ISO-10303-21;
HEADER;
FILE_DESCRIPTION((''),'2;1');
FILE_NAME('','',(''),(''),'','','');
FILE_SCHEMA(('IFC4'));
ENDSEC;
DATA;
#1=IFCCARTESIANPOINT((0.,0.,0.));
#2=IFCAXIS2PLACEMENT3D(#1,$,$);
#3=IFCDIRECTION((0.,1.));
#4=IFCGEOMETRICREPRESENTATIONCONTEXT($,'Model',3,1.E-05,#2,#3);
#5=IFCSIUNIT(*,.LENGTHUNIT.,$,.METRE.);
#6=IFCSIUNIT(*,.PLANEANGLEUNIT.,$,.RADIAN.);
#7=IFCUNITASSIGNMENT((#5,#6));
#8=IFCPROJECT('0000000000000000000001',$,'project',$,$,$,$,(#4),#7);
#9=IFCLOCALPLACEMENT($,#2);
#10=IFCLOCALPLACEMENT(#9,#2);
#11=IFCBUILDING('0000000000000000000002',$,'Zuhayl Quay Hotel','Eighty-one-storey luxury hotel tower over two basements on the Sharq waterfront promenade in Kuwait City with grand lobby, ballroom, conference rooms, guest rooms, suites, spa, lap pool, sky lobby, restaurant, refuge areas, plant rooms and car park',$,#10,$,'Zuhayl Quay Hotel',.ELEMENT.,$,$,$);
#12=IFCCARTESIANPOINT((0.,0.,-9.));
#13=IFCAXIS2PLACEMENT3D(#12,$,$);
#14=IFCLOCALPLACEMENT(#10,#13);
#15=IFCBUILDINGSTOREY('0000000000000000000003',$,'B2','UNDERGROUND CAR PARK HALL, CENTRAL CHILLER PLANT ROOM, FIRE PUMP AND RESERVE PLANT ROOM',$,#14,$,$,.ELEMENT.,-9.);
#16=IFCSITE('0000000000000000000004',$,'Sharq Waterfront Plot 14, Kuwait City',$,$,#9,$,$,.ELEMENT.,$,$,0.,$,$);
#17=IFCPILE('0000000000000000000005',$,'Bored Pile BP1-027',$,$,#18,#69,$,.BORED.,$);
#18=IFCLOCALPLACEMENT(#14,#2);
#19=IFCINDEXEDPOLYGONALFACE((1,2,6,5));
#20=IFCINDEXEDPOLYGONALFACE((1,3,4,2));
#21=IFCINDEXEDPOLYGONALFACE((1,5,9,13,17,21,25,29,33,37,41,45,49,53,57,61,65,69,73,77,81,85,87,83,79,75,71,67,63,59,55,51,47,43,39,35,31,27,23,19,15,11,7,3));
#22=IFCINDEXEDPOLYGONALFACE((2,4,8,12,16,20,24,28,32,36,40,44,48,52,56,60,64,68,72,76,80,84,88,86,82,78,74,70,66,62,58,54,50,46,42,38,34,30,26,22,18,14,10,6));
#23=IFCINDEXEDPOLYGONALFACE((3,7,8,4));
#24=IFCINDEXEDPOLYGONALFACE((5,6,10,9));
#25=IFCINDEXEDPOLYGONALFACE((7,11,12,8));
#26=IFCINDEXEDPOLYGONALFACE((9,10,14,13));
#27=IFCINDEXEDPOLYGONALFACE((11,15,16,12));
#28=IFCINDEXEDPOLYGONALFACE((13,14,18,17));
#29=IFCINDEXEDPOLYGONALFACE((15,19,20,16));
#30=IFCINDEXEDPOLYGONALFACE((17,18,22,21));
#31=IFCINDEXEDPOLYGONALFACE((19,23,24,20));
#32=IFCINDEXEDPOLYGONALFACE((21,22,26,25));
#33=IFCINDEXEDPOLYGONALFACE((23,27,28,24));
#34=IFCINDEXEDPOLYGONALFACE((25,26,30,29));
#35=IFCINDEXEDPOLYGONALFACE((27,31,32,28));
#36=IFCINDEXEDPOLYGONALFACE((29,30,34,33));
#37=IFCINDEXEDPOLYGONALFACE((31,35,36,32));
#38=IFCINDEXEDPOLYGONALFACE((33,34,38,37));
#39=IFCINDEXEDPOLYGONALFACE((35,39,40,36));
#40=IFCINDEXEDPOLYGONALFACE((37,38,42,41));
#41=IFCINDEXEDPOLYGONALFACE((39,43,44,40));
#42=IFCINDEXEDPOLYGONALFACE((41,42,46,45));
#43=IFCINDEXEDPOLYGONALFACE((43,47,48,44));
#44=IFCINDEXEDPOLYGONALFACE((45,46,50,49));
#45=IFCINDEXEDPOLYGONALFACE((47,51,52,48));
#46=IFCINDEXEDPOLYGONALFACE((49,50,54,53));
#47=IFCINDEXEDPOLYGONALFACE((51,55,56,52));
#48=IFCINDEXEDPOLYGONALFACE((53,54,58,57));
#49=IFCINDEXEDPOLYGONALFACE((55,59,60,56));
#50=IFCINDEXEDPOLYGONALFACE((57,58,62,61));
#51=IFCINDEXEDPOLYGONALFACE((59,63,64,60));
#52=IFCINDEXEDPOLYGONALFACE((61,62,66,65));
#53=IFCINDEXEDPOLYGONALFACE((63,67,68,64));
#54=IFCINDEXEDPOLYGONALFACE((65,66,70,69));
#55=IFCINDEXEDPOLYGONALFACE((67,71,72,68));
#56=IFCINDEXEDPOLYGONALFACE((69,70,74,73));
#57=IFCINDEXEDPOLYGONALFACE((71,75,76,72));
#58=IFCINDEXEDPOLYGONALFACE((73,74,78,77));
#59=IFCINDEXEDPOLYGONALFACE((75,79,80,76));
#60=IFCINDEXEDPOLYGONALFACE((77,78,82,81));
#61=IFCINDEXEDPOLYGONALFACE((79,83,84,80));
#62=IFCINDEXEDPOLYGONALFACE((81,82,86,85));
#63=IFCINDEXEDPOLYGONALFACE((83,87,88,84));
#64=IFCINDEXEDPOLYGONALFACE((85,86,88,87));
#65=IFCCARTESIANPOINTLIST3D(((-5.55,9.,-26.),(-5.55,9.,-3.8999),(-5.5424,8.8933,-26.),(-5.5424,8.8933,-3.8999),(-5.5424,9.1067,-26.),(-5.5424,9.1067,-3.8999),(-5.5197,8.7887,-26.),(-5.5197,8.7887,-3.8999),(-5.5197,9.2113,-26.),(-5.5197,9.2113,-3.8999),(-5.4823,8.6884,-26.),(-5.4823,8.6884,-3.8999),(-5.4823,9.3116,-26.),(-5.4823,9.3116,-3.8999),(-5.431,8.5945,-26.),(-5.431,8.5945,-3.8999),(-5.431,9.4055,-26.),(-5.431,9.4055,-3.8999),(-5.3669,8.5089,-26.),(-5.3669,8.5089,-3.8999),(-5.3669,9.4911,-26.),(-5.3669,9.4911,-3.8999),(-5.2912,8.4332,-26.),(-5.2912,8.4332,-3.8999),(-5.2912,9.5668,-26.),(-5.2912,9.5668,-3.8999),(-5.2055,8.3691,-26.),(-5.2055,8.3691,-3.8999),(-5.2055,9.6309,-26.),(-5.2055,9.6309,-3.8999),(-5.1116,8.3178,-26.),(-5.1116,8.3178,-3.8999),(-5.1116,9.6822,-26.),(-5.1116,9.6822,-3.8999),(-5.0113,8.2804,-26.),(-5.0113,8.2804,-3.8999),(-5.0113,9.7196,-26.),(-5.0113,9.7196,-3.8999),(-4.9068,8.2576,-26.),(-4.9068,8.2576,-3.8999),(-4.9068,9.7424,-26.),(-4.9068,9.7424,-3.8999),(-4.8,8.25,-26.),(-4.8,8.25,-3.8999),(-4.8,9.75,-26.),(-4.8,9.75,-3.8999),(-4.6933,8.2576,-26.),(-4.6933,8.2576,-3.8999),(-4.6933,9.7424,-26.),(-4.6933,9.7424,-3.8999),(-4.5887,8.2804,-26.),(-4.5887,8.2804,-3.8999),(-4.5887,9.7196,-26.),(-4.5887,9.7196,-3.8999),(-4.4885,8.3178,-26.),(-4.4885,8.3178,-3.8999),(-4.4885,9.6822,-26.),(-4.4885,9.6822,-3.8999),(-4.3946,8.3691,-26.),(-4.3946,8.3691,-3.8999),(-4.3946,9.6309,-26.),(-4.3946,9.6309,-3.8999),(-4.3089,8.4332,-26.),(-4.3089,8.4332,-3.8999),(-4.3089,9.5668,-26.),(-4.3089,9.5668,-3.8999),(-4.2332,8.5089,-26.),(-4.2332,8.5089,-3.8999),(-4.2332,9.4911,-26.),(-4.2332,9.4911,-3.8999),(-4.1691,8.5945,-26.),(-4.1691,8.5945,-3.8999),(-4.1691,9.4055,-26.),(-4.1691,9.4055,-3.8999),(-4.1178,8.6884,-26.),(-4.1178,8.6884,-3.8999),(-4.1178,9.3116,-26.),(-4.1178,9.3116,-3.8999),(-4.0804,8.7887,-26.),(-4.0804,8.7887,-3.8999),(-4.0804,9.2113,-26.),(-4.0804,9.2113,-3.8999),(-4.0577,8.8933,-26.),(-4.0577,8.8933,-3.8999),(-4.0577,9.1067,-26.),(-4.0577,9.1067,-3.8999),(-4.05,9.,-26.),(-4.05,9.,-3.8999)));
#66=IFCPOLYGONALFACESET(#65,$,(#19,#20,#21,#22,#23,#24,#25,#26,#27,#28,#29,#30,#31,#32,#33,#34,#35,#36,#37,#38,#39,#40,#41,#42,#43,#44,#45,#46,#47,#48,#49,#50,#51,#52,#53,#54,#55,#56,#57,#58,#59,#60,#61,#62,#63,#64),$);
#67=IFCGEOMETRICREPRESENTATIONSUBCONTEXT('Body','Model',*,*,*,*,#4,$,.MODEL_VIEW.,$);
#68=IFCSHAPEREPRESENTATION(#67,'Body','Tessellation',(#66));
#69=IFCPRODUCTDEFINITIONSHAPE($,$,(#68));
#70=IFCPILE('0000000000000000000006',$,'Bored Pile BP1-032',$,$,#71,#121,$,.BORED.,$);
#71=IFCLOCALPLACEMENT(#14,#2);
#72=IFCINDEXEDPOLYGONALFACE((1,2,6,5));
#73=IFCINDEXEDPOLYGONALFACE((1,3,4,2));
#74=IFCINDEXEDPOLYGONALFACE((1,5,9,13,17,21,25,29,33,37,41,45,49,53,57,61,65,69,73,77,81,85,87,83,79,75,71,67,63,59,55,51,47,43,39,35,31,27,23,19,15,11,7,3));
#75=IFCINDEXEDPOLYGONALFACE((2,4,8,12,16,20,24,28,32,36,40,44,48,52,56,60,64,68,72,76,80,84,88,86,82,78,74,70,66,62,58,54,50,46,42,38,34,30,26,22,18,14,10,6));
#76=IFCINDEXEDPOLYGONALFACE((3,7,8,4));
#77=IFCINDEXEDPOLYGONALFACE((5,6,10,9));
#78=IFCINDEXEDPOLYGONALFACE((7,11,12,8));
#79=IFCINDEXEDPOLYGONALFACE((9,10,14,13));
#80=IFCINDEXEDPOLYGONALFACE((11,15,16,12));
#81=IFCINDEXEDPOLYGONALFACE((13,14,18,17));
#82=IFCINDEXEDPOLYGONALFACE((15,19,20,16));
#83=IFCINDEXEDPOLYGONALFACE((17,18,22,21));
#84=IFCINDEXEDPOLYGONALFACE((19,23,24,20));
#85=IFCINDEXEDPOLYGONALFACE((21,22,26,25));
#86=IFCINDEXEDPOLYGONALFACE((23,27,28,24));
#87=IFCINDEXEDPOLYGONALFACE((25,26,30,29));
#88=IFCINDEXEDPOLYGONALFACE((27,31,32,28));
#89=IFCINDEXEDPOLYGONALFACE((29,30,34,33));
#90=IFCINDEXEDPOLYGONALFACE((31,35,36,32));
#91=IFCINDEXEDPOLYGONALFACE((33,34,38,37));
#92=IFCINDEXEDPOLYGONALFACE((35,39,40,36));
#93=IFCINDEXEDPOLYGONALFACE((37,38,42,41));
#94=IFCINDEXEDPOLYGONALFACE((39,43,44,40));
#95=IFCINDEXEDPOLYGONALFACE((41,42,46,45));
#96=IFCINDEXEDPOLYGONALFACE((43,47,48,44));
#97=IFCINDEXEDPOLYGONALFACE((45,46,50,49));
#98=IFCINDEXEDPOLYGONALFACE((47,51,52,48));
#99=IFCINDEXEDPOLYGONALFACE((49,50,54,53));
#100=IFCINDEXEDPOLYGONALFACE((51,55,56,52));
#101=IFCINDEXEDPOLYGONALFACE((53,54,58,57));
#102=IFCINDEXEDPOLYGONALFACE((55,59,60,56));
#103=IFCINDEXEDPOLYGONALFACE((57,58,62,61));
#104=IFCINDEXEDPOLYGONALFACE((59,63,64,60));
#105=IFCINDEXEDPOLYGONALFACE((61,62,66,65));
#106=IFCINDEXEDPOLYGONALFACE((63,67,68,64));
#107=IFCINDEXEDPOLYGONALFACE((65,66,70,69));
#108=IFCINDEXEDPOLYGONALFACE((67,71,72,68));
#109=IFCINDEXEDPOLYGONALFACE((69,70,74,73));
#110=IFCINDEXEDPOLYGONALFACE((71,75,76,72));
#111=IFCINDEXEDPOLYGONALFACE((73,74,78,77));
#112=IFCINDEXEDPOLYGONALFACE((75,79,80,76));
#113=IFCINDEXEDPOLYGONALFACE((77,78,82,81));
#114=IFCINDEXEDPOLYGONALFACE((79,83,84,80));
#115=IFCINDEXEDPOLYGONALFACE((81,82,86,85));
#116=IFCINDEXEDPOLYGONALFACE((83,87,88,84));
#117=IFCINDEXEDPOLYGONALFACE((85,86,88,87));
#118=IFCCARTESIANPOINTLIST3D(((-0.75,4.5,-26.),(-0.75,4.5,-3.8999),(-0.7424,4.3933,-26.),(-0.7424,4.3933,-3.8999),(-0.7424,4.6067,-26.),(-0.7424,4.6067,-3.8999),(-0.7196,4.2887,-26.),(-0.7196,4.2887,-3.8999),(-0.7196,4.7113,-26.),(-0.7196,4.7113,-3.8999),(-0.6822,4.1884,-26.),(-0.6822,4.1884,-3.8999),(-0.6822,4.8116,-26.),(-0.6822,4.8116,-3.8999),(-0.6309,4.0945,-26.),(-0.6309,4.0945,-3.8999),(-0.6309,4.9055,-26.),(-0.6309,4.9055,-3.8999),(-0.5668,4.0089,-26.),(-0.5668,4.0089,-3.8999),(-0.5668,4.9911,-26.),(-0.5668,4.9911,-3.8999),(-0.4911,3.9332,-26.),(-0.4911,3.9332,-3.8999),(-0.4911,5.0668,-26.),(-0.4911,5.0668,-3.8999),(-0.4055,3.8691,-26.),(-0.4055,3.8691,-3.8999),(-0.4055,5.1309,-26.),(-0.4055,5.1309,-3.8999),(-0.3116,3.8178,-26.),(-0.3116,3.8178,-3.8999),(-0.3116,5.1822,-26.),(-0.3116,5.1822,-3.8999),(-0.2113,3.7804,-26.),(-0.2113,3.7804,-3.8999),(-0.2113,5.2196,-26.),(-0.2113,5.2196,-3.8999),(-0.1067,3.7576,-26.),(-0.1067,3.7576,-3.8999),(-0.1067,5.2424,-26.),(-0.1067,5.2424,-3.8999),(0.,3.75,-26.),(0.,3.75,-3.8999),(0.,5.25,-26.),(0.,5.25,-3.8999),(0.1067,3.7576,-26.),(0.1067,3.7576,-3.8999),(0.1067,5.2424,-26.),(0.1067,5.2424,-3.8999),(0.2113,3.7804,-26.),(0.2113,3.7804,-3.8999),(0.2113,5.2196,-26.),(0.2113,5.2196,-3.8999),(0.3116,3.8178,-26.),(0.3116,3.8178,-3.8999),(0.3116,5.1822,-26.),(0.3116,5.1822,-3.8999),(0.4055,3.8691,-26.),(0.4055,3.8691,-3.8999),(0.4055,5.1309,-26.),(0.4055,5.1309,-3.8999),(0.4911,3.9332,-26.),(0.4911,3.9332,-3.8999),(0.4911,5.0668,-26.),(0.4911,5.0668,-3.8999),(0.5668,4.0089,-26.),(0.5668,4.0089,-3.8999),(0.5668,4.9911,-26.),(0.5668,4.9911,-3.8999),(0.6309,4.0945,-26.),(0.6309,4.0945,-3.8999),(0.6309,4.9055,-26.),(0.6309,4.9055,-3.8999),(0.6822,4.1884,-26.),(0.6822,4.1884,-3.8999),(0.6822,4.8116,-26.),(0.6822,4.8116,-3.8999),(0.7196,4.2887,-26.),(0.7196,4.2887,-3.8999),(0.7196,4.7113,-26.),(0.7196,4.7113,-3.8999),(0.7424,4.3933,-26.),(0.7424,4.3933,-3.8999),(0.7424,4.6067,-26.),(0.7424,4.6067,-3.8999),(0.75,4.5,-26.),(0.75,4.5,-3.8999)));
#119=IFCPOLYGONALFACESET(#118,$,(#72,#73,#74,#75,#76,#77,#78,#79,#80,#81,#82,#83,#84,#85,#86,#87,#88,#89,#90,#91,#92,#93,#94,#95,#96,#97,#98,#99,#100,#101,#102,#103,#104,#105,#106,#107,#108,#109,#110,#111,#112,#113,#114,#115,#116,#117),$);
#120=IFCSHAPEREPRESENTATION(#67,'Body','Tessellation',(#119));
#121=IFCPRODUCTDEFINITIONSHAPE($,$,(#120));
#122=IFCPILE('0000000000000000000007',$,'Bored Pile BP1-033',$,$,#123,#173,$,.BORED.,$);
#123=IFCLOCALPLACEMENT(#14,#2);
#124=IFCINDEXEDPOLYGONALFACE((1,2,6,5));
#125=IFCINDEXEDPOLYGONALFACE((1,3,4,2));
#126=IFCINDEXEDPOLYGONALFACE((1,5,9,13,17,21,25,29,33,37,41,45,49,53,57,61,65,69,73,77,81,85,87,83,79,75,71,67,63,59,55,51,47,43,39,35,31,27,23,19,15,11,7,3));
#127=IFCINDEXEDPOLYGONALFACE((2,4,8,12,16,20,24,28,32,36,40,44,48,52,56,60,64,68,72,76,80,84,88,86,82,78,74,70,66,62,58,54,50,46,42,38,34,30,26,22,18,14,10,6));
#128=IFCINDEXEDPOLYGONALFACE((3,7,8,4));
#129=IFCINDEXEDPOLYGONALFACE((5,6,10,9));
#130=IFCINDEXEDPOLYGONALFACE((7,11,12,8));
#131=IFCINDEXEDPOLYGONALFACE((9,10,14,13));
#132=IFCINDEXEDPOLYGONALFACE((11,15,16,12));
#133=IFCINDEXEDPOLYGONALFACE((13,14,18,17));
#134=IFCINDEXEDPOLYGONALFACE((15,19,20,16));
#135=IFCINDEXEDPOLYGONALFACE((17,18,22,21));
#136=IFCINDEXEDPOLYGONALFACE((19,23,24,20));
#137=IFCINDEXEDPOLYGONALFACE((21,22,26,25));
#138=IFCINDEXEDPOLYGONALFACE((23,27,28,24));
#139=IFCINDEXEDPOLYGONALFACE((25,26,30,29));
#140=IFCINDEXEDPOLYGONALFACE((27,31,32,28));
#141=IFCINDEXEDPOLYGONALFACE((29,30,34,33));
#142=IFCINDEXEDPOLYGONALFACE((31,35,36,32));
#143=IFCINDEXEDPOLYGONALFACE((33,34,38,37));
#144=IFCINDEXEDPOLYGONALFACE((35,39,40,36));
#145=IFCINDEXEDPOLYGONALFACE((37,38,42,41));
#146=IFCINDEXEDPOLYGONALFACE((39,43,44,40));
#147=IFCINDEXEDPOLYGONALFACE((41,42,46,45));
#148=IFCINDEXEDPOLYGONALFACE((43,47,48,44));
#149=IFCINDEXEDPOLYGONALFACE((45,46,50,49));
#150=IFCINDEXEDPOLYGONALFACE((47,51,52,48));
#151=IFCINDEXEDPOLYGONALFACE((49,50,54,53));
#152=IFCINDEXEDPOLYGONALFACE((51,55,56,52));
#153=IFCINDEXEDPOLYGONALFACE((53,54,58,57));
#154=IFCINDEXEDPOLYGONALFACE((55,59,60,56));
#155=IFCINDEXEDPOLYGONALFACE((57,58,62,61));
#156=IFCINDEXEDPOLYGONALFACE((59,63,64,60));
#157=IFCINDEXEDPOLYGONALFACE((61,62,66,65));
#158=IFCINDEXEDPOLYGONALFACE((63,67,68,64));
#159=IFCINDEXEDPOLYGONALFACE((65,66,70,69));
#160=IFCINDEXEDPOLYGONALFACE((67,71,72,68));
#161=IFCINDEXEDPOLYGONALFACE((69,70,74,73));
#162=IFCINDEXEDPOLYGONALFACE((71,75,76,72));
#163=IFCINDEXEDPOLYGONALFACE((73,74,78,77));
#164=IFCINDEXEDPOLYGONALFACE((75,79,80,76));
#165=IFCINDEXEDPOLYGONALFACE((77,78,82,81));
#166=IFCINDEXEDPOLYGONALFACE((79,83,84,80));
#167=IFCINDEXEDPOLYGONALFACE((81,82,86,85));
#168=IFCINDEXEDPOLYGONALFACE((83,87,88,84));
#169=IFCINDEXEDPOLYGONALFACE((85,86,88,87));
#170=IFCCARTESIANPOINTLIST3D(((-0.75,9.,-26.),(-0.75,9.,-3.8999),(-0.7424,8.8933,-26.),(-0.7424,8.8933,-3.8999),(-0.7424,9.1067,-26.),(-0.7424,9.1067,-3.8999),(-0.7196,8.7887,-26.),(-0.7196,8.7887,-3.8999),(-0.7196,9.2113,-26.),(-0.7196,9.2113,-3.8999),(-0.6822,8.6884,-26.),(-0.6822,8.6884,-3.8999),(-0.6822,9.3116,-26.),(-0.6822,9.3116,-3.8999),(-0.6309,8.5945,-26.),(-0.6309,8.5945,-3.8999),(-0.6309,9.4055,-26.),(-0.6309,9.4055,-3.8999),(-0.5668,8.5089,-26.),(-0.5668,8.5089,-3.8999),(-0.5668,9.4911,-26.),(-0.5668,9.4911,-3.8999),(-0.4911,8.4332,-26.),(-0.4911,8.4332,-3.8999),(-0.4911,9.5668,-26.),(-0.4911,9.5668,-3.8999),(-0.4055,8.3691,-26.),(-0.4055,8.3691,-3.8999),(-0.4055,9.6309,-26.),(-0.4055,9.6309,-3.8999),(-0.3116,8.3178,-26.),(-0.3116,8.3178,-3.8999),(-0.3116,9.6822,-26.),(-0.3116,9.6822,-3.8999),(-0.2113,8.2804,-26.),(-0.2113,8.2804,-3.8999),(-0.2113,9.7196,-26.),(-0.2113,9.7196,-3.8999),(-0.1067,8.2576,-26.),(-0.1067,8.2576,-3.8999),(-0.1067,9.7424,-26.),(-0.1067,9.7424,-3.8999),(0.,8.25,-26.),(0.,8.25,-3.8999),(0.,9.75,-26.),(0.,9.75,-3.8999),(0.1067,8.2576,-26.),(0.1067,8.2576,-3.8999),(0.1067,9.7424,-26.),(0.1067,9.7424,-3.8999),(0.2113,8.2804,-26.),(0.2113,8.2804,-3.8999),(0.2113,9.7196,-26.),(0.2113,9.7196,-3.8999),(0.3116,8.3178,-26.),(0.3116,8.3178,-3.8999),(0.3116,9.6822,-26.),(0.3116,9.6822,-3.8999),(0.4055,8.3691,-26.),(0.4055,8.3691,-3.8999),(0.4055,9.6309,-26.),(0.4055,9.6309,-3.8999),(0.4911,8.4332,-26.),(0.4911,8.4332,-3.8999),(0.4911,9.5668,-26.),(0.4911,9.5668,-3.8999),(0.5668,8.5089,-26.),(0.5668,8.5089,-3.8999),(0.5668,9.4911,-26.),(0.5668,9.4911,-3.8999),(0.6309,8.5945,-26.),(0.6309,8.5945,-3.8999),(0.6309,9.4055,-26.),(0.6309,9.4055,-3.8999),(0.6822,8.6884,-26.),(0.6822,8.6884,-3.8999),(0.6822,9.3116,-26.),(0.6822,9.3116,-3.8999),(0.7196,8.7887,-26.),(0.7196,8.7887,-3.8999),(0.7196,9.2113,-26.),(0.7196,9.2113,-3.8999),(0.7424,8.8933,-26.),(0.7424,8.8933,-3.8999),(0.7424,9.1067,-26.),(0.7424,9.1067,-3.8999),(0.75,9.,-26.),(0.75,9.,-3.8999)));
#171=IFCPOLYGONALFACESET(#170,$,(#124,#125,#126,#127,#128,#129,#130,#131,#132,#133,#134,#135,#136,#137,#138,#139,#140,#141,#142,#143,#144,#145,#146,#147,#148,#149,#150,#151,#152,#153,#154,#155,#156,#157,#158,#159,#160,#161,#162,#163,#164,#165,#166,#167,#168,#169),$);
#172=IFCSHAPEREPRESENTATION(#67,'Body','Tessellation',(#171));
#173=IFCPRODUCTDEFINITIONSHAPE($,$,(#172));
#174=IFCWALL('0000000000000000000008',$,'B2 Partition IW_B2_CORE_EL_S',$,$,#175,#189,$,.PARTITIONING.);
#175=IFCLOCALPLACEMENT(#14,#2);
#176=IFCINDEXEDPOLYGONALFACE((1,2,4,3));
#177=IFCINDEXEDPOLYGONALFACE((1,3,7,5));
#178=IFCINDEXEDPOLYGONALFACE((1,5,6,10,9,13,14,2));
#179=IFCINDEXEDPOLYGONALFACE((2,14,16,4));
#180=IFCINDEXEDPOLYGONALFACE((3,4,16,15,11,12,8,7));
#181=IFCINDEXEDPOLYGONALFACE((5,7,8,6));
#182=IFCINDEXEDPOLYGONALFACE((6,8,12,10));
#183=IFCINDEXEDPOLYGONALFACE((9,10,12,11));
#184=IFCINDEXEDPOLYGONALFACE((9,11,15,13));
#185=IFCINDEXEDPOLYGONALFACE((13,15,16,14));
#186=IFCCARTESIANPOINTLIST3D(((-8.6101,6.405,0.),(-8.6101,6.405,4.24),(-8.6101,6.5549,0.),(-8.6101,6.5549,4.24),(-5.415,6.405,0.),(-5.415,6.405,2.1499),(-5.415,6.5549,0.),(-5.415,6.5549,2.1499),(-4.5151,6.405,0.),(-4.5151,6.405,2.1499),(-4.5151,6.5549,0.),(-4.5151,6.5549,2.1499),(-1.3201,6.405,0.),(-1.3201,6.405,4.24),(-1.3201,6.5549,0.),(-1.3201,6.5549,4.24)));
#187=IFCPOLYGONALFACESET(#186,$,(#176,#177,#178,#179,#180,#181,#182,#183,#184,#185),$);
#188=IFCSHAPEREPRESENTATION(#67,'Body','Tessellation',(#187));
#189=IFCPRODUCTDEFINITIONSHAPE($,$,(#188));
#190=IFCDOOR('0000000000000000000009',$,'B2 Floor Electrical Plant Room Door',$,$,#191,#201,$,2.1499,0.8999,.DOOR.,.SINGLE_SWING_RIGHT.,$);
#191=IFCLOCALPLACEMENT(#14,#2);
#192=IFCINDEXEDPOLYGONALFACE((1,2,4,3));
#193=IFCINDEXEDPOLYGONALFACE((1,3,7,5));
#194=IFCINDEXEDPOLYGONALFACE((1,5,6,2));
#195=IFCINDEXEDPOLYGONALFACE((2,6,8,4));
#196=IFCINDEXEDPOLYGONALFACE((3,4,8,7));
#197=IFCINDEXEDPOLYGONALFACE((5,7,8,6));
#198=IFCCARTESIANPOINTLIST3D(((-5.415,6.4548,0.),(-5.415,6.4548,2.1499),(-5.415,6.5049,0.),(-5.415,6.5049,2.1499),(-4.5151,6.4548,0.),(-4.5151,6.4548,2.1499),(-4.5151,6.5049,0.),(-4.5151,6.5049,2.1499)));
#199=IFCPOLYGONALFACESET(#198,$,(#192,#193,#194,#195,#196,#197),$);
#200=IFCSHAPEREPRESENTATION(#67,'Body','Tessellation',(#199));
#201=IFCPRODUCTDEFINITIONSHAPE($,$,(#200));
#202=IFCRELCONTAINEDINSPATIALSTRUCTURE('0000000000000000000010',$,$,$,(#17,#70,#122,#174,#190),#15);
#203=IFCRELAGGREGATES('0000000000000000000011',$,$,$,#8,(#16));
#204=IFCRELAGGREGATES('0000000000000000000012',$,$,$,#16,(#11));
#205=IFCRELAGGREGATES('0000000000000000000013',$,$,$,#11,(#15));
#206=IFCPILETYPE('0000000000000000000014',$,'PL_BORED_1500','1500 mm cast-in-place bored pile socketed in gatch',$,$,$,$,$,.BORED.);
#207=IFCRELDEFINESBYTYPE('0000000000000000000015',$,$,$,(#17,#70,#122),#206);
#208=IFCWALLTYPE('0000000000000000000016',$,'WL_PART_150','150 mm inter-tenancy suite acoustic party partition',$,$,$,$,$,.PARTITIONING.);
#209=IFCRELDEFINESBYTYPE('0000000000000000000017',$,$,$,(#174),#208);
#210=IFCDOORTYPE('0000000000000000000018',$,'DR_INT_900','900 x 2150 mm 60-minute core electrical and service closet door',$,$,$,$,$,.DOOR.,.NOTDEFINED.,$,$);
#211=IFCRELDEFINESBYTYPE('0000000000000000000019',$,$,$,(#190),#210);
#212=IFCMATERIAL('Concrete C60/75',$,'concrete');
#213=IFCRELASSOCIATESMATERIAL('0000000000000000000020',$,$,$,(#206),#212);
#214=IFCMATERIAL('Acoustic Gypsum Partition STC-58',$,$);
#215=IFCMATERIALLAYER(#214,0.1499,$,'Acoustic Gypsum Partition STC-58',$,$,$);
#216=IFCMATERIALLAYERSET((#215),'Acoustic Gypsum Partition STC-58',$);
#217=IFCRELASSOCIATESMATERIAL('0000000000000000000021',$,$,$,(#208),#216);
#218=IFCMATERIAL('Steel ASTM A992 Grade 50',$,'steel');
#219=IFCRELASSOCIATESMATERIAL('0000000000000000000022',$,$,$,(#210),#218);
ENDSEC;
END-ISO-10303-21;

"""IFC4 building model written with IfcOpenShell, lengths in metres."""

from ifc_helpers import new_model, si_unit, direction, frame, frame_2d, origin, origin_2d, place, context, subcontext, project, spatial, rectangle, circle, extrude, material, layer, layer_set, material_profile, profile_set, type_object, element, fill, save


model = new_model("IFC4")

# Units and contexts
model_context = context("Model", 3, precision=1e-05, world=origin(), true_north=direction((0.0, 1.0)))
body_context = subcontext(model_context, "Body", "Model", "MODEL_VIEW")
ifc_project = project(units=[si_unit("LENGTHUNIT", "METRE"), si_unit("PLANEANGLEUNIT", "RADIAN")], contexts=[model_context])

# Site, building, storey
site_placement = place(None, origin())
site = spatial("IfcSite", under=ifc_project, at=site_placement, Name="Sharq Waterfront Plot 14, Kuwait City", CompositionType="ELEMENT", RefElevation=0.0)
building_placement = place(site_placement, origin())
building = spatial("IfcBuilding", under=site, at=building_placement, Name="Zuhayl Quay Hotel", Description="Eighty-one-storey luxury hotel tower over two basements on the Sharq waterfront promenade in Kuwait City with grand lobby, ballroom, conference rooms, guest rooms, suites, spa, lap pool, sky lobby, restaurant, refuge areas, plant rooms and car park", LongName="Zuhayl Quay Hotel", CompositionType="ELEMENT")
storey_placement = place(building_placement, frame((0.0, 0.0, -9.0)))
storey = spatial("IfcBuildingStorey", under=building, at=storey_placement, Name="B2", Description="UNDERGROUND CAR PARK HALL, CENTRAL CHILLER PLANT ROOM, FIRE PUMP AND RESERVE PLANT ROOM", CompositionType="ELEMENT", Elevation=-9.0)

# Piles
ifc_material_1 = material(Name="Concrete C60/75", Category="concrete")
ifc_material_profile = material_profile(ifc_material_1, circle(Radius=0.75, at=origin_2d()), Name="PILE1500")
ifc_profile_set = profile_set([ifc_material_profile], Name="Concrete C60/75")
pile_type = type_object("IfcPileType", Name="PL_BORED_1500", Description="1500 mm cast-in-place bored pile socketed in gatch", PredefinedType="BORED", material=ifc_profile_set)
for number, where, z_axis, x_axis, name in (
    (1, (-4.8, 9.0, -3.8999), (0.0, 0.0, -1.0), (1.0, 0.0, 0.0), "Bored Pile BP1-027"),
    (2, (0.0, 4.5, -3.8999), (0.0, 0.0, -1.0), (1.0, 0.0, 0.0), "Bored Pile BP1-032"),
    (3, (0.0, 9.0, -3.8999), (0.0, 0.0, -1.0), (1.0, 0.0, 0.0), "Bored Pile BP1-033"),
):
    element("IfcPile", number, at=place(storey_placement, frame(where, z_axis=z_axis, x_axis=x_axis)), inside=storey, type_object=pile_type, Name=name, PredefinedType="BORED", context=body_context, shape_type="SweptSolid", body=[
        extrude(circle(Radius=0.75, at=origin_2d()), origin(), (0.0, 0.0, 1.0), 22.1001),
    ])

# Wall, opening, door
ifc_material_2 = material(Name="Acoustic Gypsum Partition STC-58")
ifc_layer_1 = layer(ifc_material_2, 0.1499, Name="Acoustic Gypsum Partition STC-58")
ifc_layer_set_1 = layer_set([ifc_layer_1], Name="Acoustic Gypsum Partition STC-58")
wall_type_1 = type_object("IfcWallType", Name="WL_PART_150", Description="150 mm inter-tenancy suite acoustic party partition", PredefinedType="PARTITIONING", material=ifc_layer_set_1)
wall_1_placement = place(storey_placement, frame((-8.6101, 6.48, 0.0), z_axis=(0.0, 0.0, 1.0), x_axis=(1.0, 0.0, 0.0)))
wall_1 = element("IfcWall", 4, at=wall_1_placement, inside=storey, type_object=wall_type_1, Name="B2 Partition IW_B2_CORE_EL_S", PredefinedType="PARTITIONING", context=body_context, shape_type="SweptSolid", body=[
    extrude(rectangle(XDim=7.29, YDim=0.1499, at=frame_2d((3.645, 0.0))), origin(), (0.0, 0.0, 1.0), 4.24),
])
opening_1_placement = place(wall_1_placement, frame((3.1951, 0.0, 0.0)))
opening_1 = element("IfcOpeningElement", 5, at=opening_1_placement, cuts=wall_1, PredefinedType="OPENING", context=body_context, shape_type="SweptSolid", body=[
    extrude(rectangle(XDim=0.8999, YDim=2.1499, at=frame_2d((0.45, 1.075))), frame((0.0, 0.085, 0.0), z_axis=(0.0, -1.0, 0.0), x_axis=(1.0, 0.0, 0.0)), (0.0, 0.0, 1.0), 0.1699),
])
ifc_material_3 = material(Name="Steel ASTM A992 Grade 50", Category="steel")
door_type_1 = type_object("IfcDoorType", Name="DR_INT_900", Description="900 x 2150 mm 60-minute core electrical and service closet door", OperationType="NOTDEFINED", PredefinedType="DOOR", material=ifc_material_3)
door_1_placement = place(opening_1_placement, origin())
door_1 = element("IfcDoor", 6, at=door_1_placement, inside=storey, type_object=door_type_1, Name="B2 Floor Electrical Plant Room Door", OperationType="SINGLE_SWING_RIGHT", OverallHeight=2.1499, OverallWidth=0.8999, PredefinedType="DOOR", context=body_context, shape_type="SweptSolid", body=[
    extrude(rectangle(XDim=0.8999, YDim=2.1499, at=frame_2d((0.45, 1.075))), frame((0.0, 0.0249, 0.0), z_axis=(0.0, -1.0, 0.0), x_axis=(1.0, 0.0, 0.0)), (0.0, 0.0, 1.0), 0.05),
])
fill(opening_1, door_1)

save(model, "model.ifc")
